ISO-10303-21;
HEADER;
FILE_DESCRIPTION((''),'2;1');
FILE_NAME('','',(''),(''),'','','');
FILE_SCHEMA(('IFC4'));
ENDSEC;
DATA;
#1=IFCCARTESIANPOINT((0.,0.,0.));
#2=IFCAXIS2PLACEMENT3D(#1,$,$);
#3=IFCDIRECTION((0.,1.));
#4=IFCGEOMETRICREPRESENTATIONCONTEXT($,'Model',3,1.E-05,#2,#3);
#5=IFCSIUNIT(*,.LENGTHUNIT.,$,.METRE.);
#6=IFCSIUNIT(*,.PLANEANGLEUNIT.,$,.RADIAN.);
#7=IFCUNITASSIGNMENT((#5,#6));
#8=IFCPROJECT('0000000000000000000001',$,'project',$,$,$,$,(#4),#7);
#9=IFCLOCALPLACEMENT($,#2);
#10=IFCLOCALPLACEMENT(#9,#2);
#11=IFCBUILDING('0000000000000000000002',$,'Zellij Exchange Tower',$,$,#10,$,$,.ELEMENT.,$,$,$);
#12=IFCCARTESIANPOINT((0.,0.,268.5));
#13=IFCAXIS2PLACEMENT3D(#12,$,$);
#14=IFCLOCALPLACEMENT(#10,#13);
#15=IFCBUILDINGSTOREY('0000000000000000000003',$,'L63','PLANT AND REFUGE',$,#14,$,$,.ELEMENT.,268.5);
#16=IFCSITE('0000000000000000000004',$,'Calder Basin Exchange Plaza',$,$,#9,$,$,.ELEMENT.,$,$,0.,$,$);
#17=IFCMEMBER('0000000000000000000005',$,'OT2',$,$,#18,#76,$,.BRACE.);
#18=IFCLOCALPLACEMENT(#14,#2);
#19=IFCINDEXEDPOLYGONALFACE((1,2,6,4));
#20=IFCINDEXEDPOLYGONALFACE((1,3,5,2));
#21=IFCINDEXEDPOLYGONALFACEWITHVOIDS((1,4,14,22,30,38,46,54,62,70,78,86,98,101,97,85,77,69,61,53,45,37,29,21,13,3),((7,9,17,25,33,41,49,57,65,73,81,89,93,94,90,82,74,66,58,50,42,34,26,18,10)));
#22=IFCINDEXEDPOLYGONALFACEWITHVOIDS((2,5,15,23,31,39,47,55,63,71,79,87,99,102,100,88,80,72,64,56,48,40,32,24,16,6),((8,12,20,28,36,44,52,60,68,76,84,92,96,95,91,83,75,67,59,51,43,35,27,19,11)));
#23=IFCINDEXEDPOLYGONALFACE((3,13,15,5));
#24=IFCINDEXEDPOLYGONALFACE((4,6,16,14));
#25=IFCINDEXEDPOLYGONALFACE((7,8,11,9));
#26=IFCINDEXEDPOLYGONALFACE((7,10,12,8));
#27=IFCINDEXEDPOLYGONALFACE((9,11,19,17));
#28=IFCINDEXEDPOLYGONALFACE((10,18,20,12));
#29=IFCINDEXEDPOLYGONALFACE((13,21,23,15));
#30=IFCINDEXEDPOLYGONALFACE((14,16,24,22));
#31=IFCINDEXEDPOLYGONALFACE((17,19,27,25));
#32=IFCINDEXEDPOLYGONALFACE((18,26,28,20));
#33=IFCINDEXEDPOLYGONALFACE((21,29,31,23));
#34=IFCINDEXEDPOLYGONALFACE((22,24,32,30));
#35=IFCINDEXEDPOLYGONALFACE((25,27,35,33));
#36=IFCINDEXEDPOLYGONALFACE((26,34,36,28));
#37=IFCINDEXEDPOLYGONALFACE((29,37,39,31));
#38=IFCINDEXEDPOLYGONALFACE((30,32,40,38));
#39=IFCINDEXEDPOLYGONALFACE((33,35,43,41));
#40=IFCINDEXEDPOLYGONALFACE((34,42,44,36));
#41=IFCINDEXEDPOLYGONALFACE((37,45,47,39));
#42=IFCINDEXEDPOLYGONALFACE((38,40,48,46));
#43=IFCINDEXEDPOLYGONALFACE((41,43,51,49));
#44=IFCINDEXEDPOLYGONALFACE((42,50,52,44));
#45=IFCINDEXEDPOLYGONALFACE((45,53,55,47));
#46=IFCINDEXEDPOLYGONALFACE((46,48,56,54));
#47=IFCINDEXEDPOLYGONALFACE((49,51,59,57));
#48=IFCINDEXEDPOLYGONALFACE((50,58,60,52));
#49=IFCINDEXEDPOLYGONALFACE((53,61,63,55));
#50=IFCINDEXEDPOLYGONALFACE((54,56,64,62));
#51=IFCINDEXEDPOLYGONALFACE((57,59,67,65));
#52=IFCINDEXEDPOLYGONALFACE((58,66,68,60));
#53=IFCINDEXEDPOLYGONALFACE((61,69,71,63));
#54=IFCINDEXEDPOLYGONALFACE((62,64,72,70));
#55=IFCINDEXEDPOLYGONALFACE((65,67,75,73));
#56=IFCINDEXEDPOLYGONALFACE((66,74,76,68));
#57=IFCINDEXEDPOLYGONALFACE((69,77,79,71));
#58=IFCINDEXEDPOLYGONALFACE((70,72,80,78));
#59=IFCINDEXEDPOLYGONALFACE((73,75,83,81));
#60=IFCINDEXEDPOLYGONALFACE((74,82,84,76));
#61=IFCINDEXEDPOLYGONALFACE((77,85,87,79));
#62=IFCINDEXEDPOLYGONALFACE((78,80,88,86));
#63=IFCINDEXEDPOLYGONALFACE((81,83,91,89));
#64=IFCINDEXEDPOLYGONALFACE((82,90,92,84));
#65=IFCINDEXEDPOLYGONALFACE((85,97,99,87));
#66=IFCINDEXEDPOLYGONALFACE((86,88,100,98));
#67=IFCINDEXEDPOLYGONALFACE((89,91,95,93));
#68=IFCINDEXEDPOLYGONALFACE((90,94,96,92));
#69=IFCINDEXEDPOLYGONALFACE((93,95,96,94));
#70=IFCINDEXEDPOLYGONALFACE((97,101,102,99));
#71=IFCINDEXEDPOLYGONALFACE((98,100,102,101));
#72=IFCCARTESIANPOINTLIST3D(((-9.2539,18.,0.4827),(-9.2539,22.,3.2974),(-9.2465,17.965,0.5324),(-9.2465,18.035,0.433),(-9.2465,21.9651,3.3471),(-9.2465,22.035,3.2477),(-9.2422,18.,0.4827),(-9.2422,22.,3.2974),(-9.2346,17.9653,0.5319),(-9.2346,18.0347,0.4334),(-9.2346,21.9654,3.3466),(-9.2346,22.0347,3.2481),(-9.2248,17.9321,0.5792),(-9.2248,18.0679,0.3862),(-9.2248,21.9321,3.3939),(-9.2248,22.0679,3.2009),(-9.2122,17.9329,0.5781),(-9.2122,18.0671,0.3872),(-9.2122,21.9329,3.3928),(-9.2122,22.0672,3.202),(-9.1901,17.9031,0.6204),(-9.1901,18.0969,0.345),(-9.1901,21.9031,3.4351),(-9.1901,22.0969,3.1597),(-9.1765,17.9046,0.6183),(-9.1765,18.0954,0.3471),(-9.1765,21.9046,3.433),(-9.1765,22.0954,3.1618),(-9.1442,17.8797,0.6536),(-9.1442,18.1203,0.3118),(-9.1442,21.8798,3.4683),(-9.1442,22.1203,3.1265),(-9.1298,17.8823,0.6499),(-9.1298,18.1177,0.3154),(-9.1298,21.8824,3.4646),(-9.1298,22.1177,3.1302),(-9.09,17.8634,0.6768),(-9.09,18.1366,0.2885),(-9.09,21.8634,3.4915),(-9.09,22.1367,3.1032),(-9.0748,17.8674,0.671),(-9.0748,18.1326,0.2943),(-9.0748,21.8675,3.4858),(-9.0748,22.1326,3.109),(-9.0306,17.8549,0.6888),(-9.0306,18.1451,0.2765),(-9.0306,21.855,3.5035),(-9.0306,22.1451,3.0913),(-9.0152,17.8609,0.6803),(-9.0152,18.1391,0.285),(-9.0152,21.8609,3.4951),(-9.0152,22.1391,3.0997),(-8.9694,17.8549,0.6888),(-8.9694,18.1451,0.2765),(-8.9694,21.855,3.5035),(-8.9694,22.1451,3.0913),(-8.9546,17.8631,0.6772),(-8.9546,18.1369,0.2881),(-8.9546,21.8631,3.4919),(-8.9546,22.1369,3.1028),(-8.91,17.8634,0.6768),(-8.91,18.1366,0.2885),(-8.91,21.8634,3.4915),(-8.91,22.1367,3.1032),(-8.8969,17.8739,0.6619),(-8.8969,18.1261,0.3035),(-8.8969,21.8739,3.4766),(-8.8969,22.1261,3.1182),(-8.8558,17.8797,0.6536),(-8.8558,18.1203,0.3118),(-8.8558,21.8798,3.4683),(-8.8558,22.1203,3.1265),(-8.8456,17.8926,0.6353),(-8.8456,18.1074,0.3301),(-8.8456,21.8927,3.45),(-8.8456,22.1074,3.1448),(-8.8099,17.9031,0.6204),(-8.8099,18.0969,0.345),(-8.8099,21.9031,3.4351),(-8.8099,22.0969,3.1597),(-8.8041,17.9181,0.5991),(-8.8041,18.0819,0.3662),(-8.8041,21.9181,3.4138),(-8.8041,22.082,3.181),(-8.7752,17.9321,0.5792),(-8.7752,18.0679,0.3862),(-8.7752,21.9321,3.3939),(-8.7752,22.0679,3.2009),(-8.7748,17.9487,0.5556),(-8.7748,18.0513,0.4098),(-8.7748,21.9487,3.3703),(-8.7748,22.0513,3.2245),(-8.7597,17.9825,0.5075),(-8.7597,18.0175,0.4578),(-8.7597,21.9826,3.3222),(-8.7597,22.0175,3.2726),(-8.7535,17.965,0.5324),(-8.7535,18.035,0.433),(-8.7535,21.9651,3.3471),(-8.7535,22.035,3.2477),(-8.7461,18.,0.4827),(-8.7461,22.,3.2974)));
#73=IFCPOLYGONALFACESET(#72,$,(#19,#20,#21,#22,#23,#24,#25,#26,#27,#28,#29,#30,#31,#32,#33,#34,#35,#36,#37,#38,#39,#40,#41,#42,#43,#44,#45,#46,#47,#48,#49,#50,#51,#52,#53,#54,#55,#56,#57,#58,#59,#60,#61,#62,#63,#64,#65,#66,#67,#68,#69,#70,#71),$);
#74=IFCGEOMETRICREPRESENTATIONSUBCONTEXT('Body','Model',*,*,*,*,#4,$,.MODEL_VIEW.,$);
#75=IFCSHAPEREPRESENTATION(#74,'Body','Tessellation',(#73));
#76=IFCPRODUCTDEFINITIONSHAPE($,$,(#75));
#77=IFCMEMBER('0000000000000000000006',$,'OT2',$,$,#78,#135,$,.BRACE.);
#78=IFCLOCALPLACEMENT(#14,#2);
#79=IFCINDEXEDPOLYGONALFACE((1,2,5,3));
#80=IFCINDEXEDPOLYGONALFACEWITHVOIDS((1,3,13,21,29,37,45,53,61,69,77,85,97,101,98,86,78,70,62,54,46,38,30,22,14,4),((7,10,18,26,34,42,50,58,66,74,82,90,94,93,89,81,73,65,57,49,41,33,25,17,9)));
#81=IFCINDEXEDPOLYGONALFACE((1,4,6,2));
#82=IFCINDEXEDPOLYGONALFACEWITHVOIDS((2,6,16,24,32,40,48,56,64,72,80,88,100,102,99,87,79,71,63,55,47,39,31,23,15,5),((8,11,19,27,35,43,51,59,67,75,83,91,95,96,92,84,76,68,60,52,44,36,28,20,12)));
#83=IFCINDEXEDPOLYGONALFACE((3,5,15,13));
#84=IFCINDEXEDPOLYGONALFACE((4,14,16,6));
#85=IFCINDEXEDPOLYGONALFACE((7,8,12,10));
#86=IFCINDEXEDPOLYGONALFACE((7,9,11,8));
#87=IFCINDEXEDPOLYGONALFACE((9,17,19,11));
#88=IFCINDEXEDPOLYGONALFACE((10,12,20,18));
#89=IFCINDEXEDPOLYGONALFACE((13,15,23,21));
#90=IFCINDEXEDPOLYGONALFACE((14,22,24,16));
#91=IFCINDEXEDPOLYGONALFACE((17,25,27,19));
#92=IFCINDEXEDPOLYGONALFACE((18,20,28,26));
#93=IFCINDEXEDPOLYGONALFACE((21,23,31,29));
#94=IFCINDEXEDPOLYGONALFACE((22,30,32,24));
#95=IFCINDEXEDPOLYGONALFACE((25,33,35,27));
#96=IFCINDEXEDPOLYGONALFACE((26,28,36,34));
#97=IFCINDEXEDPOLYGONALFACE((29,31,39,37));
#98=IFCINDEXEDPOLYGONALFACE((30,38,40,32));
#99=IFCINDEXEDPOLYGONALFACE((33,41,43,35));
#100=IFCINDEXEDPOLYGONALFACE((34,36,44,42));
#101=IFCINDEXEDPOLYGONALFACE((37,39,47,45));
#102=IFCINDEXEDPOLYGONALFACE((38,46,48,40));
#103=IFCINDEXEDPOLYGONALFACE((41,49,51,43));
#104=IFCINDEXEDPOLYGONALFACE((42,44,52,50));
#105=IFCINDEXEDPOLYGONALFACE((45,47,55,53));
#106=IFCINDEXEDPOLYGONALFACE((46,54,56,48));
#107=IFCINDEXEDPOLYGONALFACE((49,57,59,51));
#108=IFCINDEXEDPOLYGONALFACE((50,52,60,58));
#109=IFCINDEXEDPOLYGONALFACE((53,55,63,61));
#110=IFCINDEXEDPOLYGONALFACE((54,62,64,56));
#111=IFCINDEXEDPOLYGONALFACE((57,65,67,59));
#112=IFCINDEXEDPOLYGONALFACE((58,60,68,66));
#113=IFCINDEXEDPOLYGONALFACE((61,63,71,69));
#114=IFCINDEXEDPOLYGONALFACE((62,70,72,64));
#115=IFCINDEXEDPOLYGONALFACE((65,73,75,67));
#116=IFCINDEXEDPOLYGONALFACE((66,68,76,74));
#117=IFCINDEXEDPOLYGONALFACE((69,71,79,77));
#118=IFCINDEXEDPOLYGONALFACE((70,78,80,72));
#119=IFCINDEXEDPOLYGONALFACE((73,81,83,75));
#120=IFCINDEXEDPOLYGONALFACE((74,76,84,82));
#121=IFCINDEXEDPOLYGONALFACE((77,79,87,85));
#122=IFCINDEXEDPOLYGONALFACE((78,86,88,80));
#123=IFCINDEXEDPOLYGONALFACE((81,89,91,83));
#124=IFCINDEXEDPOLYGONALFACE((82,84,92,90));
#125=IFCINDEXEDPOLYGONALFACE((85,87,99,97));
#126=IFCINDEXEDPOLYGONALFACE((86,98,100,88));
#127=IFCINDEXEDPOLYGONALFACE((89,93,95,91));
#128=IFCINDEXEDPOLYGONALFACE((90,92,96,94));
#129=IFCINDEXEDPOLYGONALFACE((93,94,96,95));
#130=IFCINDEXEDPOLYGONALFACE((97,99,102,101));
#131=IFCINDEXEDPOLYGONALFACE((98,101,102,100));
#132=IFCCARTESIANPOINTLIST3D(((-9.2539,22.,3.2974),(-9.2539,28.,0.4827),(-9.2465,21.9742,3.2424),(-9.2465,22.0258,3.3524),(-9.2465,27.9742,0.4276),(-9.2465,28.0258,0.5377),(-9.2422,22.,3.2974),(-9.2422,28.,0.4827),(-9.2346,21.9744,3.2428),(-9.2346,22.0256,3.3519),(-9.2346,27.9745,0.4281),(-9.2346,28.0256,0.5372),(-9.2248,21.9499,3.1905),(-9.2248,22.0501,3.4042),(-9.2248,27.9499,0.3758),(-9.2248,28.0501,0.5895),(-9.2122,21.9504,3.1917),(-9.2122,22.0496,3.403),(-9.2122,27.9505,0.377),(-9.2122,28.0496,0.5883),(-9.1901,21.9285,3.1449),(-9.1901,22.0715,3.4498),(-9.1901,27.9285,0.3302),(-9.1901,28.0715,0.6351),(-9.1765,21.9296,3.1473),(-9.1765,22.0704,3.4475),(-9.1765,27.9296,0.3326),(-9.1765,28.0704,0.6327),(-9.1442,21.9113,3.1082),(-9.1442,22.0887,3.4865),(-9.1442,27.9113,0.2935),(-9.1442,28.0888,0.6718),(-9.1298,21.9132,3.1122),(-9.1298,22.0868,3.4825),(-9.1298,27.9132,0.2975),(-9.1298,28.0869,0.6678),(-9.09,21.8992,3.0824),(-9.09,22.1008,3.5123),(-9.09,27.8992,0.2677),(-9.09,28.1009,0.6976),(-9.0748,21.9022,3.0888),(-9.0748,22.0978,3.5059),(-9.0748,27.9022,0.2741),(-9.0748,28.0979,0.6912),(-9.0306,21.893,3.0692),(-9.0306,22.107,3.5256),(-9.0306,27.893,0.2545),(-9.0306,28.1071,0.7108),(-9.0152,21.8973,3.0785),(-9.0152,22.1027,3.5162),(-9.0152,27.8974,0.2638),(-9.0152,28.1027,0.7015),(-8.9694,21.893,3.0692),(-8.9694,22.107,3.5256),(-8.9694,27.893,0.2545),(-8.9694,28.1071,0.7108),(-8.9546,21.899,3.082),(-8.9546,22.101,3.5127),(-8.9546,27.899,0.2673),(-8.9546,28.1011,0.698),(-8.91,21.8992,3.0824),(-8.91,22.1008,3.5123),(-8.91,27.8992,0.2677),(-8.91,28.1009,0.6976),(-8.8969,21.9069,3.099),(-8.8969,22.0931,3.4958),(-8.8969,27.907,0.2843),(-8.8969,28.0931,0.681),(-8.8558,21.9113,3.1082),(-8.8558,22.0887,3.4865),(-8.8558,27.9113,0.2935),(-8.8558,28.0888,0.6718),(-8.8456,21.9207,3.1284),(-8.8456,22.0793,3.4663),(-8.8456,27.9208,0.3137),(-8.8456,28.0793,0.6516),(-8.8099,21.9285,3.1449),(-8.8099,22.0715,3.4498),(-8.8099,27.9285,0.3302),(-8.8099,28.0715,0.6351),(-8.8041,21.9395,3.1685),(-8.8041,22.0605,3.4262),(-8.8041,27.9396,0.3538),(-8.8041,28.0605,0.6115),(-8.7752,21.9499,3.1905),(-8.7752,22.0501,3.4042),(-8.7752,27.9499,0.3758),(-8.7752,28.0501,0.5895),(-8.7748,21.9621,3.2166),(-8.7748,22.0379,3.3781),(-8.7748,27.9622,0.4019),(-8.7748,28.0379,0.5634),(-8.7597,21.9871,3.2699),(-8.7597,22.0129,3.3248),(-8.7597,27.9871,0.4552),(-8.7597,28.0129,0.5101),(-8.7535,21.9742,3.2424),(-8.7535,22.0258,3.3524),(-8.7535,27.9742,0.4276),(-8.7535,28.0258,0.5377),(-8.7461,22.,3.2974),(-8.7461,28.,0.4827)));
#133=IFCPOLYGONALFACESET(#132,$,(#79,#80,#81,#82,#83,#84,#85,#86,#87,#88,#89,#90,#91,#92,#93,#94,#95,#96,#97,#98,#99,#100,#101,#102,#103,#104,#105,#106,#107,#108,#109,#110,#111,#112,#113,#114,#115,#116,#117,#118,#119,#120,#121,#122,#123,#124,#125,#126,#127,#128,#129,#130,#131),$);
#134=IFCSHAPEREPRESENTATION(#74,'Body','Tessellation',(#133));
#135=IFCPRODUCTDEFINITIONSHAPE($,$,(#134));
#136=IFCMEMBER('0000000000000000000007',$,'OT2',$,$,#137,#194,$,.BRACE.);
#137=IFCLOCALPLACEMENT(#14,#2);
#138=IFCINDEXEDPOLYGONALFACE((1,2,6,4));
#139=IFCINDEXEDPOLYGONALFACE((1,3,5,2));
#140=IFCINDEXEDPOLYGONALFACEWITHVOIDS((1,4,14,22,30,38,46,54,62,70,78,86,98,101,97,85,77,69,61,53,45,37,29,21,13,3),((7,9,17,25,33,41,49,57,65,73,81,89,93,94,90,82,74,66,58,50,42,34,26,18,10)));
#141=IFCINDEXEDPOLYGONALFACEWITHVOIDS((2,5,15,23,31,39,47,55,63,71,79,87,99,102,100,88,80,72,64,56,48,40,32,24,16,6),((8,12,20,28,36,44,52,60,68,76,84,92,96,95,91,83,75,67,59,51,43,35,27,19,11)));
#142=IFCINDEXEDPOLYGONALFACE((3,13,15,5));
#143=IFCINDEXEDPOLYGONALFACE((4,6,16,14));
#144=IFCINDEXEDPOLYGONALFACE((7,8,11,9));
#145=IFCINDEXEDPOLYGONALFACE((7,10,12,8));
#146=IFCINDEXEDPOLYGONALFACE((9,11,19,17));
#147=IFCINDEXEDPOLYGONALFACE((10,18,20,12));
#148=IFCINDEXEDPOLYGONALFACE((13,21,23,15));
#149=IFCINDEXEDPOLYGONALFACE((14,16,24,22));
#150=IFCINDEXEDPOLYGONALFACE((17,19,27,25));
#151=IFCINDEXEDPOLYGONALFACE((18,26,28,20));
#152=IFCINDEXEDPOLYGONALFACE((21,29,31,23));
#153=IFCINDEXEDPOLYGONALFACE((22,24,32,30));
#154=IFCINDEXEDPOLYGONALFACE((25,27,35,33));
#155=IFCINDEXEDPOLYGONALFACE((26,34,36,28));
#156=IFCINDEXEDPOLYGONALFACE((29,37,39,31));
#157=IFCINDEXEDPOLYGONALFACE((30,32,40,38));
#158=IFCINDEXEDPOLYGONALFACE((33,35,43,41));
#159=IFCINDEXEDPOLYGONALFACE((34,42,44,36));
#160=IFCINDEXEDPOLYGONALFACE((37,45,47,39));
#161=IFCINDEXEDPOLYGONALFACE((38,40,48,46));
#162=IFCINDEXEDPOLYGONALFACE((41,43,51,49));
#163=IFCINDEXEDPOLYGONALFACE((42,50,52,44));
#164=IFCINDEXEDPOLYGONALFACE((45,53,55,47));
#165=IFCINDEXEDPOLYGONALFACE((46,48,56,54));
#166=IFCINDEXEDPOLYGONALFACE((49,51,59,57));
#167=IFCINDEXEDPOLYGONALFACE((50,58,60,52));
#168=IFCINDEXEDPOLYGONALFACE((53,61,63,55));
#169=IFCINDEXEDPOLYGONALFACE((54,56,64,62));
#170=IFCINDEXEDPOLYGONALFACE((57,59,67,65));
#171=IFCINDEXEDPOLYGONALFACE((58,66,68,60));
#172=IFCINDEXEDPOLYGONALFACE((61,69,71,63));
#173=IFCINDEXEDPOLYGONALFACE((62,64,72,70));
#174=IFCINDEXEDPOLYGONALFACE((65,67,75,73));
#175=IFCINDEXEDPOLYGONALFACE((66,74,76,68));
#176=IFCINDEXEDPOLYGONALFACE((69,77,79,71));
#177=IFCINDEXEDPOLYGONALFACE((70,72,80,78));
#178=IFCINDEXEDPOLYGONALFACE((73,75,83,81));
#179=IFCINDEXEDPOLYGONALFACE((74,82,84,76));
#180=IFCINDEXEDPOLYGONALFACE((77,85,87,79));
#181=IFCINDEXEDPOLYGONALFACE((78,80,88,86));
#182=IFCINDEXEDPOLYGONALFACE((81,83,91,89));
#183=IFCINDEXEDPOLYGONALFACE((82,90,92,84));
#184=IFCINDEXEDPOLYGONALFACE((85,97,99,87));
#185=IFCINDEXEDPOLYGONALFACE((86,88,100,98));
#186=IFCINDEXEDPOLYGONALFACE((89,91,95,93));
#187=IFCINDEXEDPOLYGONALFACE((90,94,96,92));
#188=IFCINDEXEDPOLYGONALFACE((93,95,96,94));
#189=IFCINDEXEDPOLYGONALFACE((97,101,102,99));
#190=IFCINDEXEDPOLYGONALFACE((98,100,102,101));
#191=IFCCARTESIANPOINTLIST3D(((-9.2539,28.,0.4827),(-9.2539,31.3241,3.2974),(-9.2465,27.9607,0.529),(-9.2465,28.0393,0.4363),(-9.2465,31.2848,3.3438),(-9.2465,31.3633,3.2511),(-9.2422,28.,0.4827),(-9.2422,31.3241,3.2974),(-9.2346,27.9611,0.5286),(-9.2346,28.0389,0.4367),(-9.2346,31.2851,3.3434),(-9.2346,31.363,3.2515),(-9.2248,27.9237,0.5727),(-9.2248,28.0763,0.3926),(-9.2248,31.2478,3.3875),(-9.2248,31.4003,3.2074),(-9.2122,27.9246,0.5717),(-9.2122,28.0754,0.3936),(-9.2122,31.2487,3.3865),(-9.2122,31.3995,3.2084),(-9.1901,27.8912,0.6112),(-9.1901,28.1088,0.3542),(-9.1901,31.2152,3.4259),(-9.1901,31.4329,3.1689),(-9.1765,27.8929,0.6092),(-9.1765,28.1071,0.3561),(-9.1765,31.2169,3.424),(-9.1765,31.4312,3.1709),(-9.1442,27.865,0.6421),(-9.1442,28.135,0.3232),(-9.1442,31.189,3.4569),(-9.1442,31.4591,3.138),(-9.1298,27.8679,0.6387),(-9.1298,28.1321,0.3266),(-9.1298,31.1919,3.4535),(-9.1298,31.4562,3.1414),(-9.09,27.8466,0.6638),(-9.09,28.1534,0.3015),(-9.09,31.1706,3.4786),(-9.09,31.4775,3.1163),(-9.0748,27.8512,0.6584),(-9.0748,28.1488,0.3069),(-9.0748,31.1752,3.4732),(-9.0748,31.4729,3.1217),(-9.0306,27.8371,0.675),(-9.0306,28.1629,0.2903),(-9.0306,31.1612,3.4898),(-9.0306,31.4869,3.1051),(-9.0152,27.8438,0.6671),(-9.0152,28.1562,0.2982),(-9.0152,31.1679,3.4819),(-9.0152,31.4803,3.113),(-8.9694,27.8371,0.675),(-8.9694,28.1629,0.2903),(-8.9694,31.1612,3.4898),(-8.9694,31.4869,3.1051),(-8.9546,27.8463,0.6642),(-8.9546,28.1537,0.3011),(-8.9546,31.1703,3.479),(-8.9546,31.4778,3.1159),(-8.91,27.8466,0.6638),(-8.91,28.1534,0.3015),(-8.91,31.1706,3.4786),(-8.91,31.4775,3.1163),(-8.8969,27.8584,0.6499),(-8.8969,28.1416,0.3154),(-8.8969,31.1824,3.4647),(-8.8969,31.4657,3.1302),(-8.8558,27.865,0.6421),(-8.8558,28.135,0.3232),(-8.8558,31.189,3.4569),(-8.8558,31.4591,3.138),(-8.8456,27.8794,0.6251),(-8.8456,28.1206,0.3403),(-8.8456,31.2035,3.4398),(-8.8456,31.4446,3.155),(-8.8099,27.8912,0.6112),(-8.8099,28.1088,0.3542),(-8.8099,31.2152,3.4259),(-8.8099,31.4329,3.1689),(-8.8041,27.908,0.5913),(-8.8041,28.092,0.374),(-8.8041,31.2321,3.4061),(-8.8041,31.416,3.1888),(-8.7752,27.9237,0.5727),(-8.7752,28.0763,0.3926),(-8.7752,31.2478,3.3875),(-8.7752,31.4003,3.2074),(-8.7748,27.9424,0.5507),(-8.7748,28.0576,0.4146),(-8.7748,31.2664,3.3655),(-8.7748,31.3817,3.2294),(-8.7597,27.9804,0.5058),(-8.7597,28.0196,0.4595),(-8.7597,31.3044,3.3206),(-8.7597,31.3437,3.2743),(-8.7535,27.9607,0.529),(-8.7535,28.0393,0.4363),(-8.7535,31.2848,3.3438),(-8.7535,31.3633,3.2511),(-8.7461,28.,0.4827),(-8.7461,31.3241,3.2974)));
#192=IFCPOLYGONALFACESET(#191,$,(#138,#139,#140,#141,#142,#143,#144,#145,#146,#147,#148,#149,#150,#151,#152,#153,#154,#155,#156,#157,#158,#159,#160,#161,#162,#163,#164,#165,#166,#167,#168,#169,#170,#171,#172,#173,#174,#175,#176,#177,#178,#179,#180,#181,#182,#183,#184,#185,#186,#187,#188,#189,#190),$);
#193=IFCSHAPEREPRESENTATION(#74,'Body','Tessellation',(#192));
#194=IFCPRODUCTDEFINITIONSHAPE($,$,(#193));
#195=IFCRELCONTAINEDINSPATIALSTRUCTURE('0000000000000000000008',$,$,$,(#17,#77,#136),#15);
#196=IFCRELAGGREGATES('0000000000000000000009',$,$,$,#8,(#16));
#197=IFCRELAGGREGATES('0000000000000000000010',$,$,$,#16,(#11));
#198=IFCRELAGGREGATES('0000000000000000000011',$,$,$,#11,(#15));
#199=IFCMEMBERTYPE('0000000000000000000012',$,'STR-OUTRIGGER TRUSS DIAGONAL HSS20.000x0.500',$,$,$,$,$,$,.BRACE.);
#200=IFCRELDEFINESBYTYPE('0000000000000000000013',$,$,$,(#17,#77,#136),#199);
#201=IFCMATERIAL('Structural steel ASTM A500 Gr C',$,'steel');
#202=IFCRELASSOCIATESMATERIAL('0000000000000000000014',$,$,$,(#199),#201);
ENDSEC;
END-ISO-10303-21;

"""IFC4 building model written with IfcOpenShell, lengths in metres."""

from ifc_helpers import new_model, si_unit, direction, frame, origin, origin_2d, place, context, subcontext, project, spatial, hollow_circle, extrude, material, material_profile, profile_set, type_object, element, save


model = new_model("IFC4")

# Units and contexts
model_context = context("Model", 3, precision=1e-05, world=origin(), true_north=direction((0.0, 1.0)))
body_context = subcontext(model_context, "Body", "Model", "MODEL_VIEW")
ifc_project = project(units=[si_unit("LENGTHUNIT", "METRE"), si_unit("PLANEANGLEUNIT", "RADIAN")], contexts=[model_context])

# Site, building, storey
site_placement = place(None, origin())
site = spatial("IfcSite", under=ifc_project, at=site_placement, Name="Calder Basin Exchange Plaza", CompositionType="ELEMENT", RefElevation=0.0)
building_placement = place(site_placement, origin())
building = spatial("IfcBuilding", under=site, at=building_placement, Name="Zellij Exchange Tower", CompositionType="ELEMENT")
storey_placement = place(building_placement, frame((0.0, 0.0, 268.5)))
storey = spatial("IfcBuildingStorey", under=building, at=storey_placement, Name="L63", Description="PLANT AND REFUGE", CompositionType="ELEMENT", Elevation=268.5)

# Members
ifc_material_1 = material(Name="Structural steel ASTM A500 Gr C", Category="steel")
ifc_material_profile_1 = material_profile(ifc_material_1, hollow_circle(Radius=0.2539, WallThickness=0.0117, at=origin_2d()), Name="STR-OUTRIGGER TRUSS DIAGONAL HSS20.000x0.500")
ifc_profile_set_1 = profile_set([ifc_material_profile_1], Name="Structural steel ASTM A500 Gr C")
member_type_1 = type_object("IfcMemberType", Name="STR-OUTRIGGER TRUSS DIAGONAL HSS20.000x0.500", PredefinedType="BRACE", material=ifc_profile_set_1)
member_1_placement = place(storey_placement, frame((-9.0, 18.0, 0.4827), z_axis=(0.0, 0.817818, 0.575477), x_axis=(-1.0, 0.0, 0.0)))
element("IfcMember", 1, at=member_1_placement, inside=storey, type_object=member_type_1, Name="OT2", PredefinedType="BRACE", context=body_context, shape_type="SweptSolid", body=[
    extrude(hollow_circle(Radius=0.2539, WallThickness=0.0117, at=origin_2d()), origin(), (0.0, 0.0, 1.0), 4.8911),
])
member_2_placement = place(storey_placement, frame((-9.0, 22.0, 3.2974), z_axis=(0.0, 0.905331, -0.424706), x_axis=(-1.0, 0.0, 0.0)))
element("IfcMember", 2, at=member_2_placement, inside=storey, type_object=member_type_1, Name="OT2", PredefinedType="BRACE", context=body_context, shape_type="SweptSolid", body=[
    extrude(hollow_circle(Radius=0.2539, WallThickness=0.0117, at=origin_2d()), origin(), (0.0, 0.0, 1.0), 6.6274),
])
member_3_placement = place(storey_placement, frame((-9.0, 28.0, 0.4827), z_axis=(0.0, 0.763148, 0.646224), x_axis=(-1.0, 0.0, 0.0)))
element("IfcMember", 3, at=member_3_placement, inside=storey, type_object=member_type_1, Name="OT2", PredefinedType="BRACE", context=body_context, shape_type="SweptSolid", body=[
    extrude(hollow_circle(Radius=0.2539, WallThickness=0.0117, at=origin_2d()), origin(), (0.0, 0.0, 1.0), 4.3557),
])

save(model, "model.ifc")
